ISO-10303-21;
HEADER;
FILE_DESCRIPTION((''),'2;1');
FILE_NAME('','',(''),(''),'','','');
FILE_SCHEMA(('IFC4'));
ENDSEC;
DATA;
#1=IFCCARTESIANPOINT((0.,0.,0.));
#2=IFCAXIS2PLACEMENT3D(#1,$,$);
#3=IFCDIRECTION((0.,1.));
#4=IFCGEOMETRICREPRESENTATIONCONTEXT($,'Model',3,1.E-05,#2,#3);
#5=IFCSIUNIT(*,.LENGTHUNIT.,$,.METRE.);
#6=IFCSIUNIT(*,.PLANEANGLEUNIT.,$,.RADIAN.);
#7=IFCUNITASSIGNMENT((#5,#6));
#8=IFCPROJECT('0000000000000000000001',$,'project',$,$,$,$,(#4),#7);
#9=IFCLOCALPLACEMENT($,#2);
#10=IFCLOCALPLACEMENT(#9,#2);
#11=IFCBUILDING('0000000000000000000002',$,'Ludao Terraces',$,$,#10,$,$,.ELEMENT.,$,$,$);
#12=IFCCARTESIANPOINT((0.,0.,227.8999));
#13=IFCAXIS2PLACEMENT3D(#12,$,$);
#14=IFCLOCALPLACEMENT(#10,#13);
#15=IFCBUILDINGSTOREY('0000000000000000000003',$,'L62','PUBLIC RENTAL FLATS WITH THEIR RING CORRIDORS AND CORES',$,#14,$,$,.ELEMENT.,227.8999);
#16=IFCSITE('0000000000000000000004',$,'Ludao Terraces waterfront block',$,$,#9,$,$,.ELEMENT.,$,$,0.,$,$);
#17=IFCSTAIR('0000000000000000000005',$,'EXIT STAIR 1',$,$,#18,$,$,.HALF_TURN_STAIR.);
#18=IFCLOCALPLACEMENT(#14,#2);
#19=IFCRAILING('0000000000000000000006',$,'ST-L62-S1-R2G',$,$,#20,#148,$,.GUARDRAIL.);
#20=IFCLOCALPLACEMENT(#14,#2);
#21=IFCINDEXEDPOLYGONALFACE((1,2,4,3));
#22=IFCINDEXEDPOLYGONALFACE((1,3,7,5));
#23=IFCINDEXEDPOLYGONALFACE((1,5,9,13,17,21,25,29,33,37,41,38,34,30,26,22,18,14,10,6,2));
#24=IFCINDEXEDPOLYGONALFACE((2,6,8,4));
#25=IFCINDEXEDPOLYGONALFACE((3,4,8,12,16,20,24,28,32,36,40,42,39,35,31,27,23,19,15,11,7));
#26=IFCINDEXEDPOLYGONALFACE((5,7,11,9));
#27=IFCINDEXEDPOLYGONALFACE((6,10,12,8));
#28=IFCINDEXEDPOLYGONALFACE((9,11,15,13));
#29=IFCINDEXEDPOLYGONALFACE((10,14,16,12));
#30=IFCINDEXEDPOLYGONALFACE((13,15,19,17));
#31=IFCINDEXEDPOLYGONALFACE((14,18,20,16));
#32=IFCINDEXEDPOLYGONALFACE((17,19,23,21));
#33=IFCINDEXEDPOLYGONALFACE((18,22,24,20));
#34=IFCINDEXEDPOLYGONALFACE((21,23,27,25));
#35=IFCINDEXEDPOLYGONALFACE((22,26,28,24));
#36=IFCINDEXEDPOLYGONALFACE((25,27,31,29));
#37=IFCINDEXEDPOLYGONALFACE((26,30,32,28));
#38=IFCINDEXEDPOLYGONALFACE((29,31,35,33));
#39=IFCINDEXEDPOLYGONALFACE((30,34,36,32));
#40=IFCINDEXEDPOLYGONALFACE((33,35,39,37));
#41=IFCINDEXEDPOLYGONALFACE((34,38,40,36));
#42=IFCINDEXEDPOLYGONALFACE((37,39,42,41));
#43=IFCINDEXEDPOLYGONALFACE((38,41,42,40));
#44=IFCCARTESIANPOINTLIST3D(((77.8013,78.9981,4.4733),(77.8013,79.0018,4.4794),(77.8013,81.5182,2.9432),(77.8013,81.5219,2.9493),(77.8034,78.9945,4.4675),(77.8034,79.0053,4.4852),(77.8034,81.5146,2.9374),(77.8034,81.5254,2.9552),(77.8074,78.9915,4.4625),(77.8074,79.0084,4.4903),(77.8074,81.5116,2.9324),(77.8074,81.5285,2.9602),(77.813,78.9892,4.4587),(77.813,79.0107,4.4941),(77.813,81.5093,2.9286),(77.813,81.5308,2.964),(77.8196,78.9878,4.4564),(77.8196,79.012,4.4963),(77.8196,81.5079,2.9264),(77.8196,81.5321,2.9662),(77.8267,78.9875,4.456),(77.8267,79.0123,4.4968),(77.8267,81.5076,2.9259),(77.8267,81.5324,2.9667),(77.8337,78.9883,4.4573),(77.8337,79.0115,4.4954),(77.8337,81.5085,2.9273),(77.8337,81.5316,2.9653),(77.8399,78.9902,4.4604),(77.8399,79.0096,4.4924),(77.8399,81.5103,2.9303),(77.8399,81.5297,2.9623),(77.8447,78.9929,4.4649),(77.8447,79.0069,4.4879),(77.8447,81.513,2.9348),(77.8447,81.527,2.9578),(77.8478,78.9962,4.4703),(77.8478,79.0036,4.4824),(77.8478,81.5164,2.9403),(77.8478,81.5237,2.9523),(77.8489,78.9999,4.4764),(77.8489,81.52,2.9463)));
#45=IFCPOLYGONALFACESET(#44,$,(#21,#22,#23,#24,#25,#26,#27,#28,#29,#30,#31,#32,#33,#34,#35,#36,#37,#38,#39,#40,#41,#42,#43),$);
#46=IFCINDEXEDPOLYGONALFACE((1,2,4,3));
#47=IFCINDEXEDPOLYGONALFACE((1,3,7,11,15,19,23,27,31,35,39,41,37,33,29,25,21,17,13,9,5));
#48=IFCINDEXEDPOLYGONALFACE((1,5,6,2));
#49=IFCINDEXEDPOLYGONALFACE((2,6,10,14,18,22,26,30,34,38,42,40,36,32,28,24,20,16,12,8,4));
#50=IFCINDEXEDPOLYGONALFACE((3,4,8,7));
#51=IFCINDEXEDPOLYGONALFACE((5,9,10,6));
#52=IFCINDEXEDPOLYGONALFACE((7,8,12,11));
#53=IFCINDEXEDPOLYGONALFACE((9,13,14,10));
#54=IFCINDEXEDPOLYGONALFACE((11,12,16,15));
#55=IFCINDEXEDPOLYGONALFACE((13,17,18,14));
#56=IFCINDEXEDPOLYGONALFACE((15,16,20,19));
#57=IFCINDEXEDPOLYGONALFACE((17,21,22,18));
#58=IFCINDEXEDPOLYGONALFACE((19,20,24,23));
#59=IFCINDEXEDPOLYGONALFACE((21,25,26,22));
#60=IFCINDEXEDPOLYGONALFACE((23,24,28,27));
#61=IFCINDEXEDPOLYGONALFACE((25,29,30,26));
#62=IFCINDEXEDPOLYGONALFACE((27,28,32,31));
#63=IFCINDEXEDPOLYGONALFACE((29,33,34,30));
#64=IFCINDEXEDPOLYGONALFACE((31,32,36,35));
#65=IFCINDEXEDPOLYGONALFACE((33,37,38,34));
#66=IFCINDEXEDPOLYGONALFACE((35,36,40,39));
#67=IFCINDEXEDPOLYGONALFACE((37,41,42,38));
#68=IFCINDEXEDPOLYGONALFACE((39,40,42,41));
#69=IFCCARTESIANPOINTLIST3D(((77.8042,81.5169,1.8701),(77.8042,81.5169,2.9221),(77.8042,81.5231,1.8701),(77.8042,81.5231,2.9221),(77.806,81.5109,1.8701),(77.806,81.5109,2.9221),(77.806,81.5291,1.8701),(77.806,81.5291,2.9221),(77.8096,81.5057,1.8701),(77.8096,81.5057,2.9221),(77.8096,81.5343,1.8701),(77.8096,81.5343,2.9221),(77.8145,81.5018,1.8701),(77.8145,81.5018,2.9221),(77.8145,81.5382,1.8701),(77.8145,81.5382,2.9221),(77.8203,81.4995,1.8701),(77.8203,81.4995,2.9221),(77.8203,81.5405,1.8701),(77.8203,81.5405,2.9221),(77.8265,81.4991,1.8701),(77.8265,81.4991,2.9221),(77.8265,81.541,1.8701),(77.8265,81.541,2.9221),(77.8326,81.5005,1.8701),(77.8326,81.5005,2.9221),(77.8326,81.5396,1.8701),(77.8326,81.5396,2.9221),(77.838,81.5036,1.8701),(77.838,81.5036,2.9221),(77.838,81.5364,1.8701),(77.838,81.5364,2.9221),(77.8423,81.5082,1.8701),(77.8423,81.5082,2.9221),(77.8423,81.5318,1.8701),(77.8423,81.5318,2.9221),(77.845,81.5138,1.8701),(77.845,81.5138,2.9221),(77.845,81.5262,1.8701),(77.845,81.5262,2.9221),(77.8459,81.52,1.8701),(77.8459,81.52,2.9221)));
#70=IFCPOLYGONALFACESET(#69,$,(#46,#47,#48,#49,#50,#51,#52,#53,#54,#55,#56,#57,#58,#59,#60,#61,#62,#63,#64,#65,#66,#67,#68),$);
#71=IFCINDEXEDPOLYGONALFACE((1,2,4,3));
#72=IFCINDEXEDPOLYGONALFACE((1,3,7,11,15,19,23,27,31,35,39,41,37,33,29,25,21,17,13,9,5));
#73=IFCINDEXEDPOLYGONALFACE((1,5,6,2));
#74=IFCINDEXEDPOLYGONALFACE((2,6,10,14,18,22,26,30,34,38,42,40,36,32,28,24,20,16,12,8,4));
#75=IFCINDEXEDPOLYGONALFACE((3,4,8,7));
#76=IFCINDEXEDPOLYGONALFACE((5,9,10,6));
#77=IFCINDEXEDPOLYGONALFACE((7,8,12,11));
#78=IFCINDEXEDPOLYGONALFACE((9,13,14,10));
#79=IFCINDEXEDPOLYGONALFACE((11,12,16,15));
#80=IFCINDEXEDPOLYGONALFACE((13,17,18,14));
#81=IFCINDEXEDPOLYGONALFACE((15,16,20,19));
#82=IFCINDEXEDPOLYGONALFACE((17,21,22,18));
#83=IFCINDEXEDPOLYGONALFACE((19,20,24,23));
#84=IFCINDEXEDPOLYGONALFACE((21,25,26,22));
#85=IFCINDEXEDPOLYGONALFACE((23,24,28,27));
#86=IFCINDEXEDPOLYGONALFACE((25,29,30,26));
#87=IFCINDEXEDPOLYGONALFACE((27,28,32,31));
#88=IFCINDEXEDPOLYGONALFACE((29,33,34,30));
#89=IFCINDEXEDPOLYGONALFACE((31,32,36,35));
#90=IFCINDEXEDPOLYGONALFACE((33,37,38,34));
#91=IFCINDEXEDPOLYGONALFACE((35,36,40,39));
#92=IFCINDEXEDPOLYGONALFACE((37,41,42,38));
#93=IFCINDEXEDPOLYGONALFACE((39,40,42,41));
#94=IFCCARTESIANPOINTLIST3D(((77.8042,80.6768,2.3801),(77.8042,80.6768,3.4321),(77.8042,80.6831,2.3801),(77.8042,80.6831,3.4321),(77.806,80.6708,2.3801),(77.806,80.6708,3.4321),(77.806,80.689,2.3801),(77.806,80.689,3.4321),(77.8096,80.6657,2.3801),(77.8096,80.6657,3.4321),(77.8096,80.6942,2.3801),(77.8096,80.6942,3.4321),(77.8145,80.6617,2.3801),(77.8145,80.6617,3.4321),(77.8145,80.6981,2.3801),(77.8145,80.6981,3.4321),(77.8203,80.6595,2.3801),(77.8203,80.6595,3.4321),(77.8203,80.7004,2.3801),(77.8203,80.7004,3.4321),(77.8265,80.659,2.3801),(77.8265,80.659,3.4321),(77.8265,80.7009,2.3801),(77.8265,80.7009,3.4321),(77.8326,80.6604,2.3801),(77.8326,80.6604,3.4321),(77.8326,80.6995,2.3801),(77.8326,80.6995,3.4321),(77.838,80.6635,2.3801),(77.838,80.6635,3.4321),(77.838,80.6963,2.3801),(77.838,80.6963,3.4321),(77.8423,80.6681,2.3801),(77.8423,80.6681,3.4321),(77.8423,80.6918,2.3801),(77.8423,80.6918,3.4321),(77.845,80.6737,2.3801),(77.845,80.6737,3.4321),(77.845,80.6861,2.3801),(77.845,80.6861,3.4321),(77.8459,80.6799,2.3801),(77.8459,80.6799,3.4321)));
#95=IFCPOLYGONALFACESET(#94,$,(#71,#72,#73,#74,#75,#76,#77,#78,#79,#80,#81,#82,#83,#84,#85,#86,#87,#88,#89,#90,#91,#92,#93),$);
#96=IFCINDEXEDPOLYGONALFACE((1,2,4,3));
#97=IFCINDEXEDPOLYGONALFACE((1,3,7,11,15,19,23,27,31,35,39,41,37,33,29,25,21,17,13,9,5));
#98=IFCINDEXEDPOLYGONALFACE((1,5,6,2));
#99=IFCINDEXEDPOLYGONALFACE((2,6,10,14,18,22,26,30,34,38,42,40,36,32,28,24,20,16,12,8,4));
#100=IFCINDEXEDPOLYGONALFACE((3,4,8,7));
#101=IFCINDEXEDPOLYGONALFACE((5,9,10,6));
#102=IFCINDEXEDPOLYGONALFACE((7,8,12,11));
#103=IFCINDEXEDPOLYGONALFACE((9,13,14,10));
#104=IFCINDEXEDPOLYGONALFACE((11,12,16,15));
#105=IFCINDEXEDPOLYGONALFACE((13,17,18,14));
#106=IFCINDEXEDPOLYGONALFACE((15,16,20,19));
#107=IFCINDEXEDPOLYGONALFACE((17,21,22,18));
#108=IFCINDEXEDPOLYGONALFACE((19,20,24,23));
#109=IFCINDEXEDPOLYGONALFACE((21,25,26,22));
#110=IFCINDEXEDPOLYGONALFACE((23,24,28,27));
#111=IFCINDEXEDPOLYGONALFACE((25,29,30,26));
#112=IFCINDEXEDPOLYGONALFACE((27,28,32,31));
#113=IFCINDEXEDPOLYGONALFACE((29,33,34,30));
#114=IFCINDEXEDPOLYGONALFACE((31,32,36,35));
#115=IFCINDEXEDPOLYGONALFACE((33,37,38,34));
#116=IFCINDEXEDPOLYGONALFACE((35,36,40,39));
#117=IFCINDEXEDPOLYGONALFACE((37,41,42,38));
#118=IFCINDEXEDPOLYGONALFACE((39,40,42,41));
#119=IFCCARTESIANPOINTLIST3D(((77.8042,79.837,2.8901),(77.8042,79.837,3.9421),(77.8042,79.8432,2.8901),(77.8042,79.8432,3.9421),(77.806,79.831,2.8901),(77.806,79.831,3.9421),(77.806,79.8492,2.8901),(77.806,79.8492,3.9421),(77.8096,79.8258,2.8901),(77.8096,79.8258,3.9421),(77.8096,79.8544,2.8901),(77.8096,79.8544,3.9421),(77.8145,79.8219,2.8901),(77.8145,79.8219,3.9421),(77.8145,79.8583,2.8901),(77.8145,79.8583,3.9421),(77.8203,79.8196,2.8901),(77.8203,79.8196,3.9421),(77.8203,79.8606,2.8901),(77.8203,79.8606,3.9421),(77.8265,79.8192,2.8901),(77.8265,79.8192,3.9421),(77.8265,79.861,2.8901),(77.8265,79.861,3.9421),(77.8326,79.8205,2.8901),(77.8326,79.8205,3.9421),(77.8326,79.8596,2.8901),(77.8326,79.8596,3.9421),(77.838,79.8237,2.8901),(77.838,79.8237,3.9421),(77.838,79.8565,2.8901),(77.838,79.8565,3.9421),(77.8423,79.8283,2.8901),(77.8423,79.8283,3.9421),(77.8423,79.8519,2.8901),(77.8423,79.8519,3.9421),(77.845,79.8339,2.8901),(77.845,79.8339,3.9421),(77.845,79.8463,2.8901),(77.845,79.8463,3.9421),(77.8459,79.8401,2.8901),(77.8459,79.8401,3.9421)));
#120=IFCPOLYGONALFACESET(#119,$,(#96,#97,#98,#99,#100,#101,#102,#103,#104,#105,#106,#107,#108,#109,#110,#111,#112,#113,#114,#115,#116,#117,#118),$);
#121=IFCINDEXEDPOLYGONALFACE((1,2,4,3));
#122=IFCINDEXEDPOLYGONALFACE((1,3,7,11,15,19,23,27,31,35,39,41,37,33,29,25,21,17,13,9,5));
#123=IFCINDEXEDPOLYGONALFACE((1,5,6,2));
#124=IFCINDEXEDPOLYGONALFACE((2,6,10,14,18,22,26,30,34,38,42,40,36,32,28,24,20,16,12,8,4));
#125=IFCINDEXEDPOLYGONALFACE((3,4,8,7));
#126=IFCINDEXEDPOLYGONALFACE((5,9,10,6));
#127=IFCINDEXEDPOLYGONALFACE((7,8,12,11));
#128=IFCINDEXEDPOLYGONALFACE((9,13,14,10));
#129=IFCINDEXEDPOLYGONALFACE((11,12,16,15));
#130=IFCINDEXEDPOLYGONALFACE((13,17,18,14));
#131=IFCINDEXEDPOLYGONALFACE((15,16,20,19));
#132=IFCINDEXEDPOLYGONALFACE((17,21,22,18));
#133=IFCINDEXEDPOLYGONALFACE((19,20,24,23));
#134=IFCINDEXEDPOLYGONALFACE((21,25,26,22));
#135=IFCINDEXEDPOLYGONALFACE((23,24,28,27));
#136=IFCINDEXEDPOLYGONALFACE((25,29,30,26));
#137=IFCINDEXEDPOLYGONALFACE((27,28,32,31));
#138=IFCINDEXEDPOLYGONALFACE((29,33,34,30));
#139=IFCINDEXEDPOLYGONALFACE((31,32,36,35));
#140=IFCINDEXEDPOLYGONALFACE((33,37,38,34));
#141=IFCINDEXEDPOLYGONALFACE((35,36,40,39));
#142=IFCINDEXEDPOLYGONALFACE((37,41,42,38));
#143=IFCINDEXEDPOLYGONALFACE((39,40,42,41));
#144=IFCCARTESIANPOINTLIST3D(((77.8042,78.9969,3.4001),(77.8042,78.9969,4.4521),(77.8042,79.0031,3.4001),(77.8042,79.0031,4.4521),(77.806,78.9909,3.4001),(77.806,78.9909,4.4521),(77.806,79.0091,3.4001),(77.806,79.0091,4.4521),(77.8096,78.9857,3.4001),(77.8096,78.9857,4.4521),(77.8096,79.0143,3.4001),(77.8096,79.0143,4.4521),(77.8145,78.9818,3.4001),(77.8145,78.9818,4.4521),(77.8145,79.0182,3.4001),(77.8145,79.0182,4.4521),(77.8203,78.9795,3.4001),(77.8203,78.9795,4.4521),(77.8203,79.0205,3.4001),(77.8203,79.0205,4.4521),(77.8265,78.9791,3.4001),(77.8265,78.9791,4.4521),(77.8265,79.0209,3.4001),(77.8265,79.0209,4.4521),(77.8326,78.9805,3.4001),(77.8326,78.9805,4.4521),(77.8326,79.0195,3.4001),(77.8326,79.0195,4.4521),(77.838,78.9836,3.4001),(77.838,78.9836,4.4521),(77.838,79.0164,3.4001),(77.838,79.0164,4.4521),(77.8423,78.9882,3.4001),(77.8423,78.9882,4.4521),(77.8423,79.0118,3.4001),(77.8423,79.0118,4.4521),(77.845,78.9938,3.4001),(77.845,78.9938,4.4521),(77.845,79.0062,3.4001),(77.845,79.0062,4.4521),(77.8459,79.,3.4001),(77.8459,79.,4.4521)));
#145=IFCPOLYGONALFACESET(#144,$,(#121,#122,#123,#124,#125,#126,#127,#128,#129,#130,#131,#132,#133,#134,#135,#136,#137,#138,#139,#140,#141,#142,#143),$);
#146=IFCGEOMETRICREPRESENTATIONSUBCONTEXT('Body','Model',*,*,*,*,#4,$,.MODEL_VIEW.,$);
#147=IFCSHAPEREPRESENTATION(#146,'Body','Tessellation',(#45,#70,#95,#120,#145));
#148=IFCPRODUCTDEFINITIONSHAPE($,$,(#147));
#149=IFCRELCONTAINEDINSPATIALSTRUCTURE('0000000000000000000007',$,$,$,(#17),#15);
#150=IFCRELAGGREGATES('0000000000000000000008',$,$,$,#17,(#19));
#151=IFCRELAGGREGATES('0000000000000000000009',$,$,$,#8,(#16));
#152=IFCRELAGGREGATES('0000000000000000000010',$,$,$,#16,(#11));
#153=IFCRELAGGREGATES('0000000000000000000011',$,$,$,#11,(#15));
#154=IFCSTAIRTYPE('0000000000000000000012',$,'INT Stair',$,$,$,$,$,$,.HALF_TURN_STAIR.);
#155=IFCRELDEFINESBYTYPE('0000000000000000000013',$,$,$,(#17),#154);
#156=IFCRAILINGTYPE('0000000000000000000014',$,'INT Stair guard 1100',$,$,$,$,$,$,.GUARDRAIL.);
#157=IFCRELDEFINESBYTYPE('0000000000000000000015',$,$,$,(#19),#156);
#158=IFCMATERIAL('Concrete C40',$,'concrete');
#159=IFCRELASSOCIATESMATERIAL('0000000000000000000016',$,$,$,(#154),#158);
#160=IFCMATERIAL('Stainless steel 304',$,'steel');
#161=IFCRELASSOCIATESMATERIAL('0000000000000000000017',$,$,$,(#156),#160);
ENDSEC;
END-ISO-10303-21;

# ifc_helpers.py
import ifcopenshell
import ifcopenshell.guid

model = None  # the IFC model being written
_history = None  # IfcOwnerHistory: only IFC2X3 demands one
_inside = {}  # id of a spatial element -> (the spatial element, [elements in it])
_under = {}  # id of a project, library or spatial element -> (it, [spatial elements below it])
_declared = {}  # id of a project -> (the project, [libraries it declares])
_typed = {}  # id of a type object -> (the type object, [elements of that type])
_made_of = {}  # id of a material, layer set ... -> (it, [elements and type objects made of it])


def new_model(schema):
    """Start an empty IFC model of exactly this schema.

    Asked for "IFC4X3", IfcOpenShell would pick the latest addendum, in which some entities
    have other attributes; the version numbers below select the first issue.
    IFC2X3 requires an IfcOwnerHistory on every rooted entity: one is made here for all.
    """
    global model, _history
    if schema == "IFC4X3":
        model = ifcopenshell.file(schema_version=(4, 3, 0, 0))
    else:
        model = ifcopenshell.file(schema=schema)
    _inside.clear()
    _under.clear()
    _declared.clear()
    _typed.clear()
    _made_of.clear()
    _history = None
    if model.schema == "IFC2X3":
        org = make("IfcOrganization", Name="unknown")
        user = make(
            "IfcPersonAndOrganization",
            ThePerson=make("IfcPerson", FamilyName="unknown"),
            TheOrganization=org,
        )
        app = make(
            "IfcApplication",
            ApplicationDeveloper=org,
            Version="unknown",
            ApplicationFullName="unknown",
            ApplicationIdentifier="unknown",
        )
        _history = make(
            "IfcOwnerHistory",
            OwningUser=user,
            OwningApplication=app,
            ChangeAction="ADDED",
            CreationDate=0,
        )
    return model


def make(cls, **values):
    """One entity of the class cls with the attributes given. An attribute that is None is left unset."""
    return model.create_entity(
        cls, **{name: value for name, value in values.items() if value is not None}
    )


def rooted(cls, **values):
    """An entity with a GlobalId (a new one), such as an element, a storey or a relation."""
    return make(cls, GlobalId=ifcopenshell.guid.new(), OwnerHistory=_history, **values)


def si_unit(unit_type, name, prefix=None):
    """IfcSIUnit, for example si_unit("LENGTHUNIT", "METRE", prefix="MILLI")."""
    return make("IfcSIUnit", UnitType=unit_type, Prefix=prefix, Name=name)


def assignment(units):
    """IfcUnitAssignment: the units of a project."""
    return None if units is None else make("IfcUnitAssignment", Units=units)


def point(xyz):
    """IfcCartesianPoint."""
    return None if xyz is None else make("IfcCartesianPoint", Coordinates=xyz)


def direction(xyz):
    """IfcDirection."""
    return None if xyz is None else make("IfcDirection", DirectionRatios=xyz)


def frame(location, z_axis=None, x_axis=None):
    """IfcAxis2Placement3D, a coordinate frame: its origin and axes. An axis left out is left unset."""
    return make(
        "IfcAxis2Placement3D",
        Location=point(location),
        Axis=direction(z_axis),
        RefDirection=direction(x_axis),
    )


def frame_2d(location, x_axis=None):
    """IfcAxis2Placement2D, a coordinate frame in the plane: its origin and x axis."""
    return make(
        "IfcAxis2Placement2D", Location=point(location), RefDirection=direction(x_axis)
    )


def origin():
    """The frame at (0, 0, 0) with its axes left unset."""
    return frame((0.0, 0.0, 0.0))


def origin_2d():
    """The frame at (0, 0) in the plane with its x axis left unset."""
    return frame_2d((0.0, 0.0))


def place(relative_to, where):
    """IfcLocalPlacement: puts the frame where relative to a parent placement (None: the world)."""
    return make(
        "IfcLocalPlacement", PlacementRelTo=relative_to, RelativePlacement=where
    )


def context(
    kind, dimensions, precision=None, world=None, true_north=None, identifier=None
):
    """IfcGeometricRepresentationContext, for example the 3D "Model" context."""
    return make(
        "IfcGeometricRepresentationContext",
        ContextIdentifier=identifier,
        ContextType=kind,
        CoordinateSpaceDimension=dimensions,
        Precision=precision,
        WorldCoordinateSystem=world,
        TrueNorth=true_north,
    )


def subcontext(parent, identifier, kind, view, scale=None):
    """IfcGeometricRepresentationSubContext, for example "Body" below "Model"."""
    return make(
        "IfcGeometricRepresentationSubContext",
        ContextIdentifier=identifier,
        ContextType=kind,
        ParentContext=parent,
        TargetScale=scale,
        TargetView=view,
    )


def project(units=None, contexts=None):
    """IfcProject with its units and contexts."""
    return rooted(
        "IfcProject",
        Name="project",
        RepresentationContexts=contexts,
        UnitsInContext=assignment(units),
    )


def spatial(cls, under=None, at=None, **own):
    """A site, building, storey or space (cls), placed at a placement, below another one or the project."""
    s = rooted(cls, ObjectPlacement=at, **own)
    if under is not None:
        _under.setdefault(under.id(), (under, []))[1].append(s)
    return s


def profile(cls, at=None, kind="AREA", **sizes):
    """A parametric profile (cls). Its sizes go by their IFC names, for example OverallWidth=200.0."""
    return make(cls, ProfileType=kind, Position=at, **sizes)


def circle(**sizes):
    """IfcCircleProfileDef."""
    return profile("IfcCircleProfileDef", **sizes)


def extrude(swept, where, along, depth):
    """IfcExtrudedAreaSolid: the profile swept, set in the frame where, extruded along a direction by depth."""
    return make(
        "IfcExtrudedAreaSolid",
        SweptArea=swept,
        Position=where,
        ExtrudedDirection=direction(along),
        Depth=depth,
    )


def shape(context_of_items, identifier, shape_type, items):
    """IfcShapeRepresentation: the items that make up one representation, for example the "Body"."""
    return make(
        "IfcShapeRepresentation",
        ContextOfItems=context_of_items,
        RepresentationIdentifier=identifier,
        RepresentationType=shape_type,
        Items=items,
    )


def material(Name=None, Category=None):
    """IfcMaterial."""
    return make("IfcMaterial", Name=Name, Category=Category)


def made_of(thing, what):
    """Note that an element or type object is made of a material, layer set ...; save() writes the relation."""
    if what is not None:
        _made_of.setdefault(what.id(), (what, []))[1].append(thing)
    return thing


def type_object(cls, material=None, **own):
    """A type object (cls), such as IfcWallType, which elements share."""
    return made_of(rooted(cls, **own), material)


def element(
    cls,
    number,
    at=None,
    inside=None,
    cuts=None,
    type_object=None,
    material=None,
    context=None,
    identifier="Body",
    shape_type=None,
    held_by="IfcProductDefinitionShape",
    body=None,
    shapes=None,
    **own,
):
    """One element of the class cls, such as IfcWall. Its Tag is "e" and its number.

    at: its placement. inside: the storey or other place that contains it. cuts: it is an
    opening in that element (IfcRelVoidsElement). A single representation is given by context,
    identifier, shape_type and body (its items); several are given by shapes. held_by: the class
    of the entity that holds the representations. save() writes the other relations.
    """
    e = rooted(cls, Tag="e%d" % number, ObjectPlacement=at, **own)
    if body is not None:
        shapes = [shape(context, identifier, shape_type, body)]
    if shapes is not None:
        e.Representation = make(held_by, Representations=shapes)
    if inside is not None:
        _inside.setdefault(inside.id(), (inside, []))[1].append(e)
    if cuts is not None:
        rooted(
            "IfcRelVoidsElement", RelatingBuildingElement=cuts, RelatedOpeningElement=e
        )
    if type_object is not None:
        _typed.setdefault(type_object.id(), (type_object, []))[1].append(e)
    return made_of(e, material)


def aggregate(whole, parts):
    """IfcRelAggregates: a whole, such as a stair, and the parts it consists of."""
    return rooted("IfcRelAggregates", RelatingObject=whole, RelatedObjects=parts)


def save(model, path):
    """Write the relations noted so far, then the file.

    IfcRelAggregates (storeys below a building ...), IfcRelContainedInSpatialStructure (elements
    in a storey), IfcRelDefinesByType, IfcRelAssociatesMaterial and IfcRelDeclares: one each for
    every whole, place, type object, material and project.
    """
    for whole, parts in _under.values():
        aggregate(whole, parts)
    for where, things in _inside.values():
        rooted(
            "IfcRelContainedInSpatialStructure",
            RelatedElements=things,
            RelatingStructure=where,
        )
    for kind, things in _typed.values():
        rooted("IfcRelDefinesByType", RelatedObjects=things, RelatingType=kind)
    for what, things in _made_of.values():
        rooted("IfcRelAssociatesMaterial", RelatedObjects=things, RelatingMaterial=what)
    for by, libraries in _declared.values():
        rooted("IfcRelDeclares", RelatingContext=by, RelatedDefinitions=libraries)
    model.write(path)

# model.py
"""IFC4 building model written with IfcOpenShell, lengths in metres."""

from ifc_helpers import new_model, si_unit, direction, frame, origin, origin_2d, place, context, subcontext, project, spatial, circle, extrude, material, type_object, element, aggregate, save


model = new_model("IFC4")

# Units and contexts
model_context = context("Model", 3, precision=1e-05, world=origin(), true_north=direction((0.0, 1.0)))
body_context = subcontext(model_context, "Body", "Model", "MODEL_VIEW")
ifc_project = project(units=[si_unit("LENGTHUNIT", "METRE"), si_unit("PLANEANGLEUNIT", "RADIAN")], contexts=[model_context])

# Site, building, storey
site_placement = place(None, origin())
site = spatial("IfcSite", under=ifc_project, at=site_placement, Name="Ludao Terraces waterfront block", CompositionType="ELEMENT", RefElevation=0.0)
building_placement = place(site_placement, origin())
building = spatial("IfcBuilding", under=site, at=building_placement, Name="Ludao Terraces", CompositionType="ELEMENT")
storey_placement = place(building_placement, frame((0.0, 0.0, 227.8999)))
storey = spatial("IfcBuildingStorey", under=building, at=storey_placement, Name="L62", Description="PUBLIC RENTAL FLATS WITH THEIR RING CORRIDORS AND CORES", CompositionType="ELEMENT", Elevation=227.8999)

# Shared definitions
ifc_material_1 = material(Name="Concrete C40", Category="concrete")

# Stair, railing
stair_type = type_object("IfcStairType", Name="INT Stair", PredefinedType="HALF_TURN_STAIR", material=ifc_material_1)
stair_placement = place(storey_placement, origin())
stair = element("IfcStair", 1, at=stair_placement, inside=storey, type_object=stair_type, Name="EXIT STAIR 1", PredefinedType="HALF_TURN_STAIR")
ifc_material_2 = material(Name="Stainless steel 304", Category="steel")
railing_type_1 = type_object("IfcRailingType", Name="INT Stair guard 1100", PredefinedType="GUARDRAIL", material=ifc_material_2)
railing_1_placement = place(storey_placement, frame((77.825, 81.52, 1.8701)))
railing_1 = element("IfcRailing", 2, at=railing_1_placement, type_object=railing_type_1, Name="ST-L62-S1-R2G", PredefinedType="GUARDRAIL", context=body_context, shape_type="SweptSolid", body=[
    extrude(circle(Radius=0.0239, at=origin_2d()), frame((0.0, 0.0, 1.0762), z_axis=(0.0, -0.854785, 0.518982), x_axis=(1.0, 0.0, 0.0)), (0.0, 0.0, 1.0), 2.9482),
    extrude(circle(Radius=0.021, at=origin_2d()), origin(), (0.0, 0.0, 1.0), 1.052),
    extrude(circle(Radius=0.021, at=origin_2d()), frame((0.0, -0.8401, 0.51)), (0.0, 0.0, 1.0), 1.052),
    extrude(circle(Radius=0.021, at=origin_2d()), frame((0.0, -1.6799, 1.02)), (0.0, 0.0, 1.0), 1.052),
    extrude(circle(Radius=0.021, at=origin_2d()), frame((0.0, -2.52, 1.53)), (0.0, 0.0, 1.0), 1.052),
])
aggregate(stair, [railing_1])

save(model, "model.ifc")
